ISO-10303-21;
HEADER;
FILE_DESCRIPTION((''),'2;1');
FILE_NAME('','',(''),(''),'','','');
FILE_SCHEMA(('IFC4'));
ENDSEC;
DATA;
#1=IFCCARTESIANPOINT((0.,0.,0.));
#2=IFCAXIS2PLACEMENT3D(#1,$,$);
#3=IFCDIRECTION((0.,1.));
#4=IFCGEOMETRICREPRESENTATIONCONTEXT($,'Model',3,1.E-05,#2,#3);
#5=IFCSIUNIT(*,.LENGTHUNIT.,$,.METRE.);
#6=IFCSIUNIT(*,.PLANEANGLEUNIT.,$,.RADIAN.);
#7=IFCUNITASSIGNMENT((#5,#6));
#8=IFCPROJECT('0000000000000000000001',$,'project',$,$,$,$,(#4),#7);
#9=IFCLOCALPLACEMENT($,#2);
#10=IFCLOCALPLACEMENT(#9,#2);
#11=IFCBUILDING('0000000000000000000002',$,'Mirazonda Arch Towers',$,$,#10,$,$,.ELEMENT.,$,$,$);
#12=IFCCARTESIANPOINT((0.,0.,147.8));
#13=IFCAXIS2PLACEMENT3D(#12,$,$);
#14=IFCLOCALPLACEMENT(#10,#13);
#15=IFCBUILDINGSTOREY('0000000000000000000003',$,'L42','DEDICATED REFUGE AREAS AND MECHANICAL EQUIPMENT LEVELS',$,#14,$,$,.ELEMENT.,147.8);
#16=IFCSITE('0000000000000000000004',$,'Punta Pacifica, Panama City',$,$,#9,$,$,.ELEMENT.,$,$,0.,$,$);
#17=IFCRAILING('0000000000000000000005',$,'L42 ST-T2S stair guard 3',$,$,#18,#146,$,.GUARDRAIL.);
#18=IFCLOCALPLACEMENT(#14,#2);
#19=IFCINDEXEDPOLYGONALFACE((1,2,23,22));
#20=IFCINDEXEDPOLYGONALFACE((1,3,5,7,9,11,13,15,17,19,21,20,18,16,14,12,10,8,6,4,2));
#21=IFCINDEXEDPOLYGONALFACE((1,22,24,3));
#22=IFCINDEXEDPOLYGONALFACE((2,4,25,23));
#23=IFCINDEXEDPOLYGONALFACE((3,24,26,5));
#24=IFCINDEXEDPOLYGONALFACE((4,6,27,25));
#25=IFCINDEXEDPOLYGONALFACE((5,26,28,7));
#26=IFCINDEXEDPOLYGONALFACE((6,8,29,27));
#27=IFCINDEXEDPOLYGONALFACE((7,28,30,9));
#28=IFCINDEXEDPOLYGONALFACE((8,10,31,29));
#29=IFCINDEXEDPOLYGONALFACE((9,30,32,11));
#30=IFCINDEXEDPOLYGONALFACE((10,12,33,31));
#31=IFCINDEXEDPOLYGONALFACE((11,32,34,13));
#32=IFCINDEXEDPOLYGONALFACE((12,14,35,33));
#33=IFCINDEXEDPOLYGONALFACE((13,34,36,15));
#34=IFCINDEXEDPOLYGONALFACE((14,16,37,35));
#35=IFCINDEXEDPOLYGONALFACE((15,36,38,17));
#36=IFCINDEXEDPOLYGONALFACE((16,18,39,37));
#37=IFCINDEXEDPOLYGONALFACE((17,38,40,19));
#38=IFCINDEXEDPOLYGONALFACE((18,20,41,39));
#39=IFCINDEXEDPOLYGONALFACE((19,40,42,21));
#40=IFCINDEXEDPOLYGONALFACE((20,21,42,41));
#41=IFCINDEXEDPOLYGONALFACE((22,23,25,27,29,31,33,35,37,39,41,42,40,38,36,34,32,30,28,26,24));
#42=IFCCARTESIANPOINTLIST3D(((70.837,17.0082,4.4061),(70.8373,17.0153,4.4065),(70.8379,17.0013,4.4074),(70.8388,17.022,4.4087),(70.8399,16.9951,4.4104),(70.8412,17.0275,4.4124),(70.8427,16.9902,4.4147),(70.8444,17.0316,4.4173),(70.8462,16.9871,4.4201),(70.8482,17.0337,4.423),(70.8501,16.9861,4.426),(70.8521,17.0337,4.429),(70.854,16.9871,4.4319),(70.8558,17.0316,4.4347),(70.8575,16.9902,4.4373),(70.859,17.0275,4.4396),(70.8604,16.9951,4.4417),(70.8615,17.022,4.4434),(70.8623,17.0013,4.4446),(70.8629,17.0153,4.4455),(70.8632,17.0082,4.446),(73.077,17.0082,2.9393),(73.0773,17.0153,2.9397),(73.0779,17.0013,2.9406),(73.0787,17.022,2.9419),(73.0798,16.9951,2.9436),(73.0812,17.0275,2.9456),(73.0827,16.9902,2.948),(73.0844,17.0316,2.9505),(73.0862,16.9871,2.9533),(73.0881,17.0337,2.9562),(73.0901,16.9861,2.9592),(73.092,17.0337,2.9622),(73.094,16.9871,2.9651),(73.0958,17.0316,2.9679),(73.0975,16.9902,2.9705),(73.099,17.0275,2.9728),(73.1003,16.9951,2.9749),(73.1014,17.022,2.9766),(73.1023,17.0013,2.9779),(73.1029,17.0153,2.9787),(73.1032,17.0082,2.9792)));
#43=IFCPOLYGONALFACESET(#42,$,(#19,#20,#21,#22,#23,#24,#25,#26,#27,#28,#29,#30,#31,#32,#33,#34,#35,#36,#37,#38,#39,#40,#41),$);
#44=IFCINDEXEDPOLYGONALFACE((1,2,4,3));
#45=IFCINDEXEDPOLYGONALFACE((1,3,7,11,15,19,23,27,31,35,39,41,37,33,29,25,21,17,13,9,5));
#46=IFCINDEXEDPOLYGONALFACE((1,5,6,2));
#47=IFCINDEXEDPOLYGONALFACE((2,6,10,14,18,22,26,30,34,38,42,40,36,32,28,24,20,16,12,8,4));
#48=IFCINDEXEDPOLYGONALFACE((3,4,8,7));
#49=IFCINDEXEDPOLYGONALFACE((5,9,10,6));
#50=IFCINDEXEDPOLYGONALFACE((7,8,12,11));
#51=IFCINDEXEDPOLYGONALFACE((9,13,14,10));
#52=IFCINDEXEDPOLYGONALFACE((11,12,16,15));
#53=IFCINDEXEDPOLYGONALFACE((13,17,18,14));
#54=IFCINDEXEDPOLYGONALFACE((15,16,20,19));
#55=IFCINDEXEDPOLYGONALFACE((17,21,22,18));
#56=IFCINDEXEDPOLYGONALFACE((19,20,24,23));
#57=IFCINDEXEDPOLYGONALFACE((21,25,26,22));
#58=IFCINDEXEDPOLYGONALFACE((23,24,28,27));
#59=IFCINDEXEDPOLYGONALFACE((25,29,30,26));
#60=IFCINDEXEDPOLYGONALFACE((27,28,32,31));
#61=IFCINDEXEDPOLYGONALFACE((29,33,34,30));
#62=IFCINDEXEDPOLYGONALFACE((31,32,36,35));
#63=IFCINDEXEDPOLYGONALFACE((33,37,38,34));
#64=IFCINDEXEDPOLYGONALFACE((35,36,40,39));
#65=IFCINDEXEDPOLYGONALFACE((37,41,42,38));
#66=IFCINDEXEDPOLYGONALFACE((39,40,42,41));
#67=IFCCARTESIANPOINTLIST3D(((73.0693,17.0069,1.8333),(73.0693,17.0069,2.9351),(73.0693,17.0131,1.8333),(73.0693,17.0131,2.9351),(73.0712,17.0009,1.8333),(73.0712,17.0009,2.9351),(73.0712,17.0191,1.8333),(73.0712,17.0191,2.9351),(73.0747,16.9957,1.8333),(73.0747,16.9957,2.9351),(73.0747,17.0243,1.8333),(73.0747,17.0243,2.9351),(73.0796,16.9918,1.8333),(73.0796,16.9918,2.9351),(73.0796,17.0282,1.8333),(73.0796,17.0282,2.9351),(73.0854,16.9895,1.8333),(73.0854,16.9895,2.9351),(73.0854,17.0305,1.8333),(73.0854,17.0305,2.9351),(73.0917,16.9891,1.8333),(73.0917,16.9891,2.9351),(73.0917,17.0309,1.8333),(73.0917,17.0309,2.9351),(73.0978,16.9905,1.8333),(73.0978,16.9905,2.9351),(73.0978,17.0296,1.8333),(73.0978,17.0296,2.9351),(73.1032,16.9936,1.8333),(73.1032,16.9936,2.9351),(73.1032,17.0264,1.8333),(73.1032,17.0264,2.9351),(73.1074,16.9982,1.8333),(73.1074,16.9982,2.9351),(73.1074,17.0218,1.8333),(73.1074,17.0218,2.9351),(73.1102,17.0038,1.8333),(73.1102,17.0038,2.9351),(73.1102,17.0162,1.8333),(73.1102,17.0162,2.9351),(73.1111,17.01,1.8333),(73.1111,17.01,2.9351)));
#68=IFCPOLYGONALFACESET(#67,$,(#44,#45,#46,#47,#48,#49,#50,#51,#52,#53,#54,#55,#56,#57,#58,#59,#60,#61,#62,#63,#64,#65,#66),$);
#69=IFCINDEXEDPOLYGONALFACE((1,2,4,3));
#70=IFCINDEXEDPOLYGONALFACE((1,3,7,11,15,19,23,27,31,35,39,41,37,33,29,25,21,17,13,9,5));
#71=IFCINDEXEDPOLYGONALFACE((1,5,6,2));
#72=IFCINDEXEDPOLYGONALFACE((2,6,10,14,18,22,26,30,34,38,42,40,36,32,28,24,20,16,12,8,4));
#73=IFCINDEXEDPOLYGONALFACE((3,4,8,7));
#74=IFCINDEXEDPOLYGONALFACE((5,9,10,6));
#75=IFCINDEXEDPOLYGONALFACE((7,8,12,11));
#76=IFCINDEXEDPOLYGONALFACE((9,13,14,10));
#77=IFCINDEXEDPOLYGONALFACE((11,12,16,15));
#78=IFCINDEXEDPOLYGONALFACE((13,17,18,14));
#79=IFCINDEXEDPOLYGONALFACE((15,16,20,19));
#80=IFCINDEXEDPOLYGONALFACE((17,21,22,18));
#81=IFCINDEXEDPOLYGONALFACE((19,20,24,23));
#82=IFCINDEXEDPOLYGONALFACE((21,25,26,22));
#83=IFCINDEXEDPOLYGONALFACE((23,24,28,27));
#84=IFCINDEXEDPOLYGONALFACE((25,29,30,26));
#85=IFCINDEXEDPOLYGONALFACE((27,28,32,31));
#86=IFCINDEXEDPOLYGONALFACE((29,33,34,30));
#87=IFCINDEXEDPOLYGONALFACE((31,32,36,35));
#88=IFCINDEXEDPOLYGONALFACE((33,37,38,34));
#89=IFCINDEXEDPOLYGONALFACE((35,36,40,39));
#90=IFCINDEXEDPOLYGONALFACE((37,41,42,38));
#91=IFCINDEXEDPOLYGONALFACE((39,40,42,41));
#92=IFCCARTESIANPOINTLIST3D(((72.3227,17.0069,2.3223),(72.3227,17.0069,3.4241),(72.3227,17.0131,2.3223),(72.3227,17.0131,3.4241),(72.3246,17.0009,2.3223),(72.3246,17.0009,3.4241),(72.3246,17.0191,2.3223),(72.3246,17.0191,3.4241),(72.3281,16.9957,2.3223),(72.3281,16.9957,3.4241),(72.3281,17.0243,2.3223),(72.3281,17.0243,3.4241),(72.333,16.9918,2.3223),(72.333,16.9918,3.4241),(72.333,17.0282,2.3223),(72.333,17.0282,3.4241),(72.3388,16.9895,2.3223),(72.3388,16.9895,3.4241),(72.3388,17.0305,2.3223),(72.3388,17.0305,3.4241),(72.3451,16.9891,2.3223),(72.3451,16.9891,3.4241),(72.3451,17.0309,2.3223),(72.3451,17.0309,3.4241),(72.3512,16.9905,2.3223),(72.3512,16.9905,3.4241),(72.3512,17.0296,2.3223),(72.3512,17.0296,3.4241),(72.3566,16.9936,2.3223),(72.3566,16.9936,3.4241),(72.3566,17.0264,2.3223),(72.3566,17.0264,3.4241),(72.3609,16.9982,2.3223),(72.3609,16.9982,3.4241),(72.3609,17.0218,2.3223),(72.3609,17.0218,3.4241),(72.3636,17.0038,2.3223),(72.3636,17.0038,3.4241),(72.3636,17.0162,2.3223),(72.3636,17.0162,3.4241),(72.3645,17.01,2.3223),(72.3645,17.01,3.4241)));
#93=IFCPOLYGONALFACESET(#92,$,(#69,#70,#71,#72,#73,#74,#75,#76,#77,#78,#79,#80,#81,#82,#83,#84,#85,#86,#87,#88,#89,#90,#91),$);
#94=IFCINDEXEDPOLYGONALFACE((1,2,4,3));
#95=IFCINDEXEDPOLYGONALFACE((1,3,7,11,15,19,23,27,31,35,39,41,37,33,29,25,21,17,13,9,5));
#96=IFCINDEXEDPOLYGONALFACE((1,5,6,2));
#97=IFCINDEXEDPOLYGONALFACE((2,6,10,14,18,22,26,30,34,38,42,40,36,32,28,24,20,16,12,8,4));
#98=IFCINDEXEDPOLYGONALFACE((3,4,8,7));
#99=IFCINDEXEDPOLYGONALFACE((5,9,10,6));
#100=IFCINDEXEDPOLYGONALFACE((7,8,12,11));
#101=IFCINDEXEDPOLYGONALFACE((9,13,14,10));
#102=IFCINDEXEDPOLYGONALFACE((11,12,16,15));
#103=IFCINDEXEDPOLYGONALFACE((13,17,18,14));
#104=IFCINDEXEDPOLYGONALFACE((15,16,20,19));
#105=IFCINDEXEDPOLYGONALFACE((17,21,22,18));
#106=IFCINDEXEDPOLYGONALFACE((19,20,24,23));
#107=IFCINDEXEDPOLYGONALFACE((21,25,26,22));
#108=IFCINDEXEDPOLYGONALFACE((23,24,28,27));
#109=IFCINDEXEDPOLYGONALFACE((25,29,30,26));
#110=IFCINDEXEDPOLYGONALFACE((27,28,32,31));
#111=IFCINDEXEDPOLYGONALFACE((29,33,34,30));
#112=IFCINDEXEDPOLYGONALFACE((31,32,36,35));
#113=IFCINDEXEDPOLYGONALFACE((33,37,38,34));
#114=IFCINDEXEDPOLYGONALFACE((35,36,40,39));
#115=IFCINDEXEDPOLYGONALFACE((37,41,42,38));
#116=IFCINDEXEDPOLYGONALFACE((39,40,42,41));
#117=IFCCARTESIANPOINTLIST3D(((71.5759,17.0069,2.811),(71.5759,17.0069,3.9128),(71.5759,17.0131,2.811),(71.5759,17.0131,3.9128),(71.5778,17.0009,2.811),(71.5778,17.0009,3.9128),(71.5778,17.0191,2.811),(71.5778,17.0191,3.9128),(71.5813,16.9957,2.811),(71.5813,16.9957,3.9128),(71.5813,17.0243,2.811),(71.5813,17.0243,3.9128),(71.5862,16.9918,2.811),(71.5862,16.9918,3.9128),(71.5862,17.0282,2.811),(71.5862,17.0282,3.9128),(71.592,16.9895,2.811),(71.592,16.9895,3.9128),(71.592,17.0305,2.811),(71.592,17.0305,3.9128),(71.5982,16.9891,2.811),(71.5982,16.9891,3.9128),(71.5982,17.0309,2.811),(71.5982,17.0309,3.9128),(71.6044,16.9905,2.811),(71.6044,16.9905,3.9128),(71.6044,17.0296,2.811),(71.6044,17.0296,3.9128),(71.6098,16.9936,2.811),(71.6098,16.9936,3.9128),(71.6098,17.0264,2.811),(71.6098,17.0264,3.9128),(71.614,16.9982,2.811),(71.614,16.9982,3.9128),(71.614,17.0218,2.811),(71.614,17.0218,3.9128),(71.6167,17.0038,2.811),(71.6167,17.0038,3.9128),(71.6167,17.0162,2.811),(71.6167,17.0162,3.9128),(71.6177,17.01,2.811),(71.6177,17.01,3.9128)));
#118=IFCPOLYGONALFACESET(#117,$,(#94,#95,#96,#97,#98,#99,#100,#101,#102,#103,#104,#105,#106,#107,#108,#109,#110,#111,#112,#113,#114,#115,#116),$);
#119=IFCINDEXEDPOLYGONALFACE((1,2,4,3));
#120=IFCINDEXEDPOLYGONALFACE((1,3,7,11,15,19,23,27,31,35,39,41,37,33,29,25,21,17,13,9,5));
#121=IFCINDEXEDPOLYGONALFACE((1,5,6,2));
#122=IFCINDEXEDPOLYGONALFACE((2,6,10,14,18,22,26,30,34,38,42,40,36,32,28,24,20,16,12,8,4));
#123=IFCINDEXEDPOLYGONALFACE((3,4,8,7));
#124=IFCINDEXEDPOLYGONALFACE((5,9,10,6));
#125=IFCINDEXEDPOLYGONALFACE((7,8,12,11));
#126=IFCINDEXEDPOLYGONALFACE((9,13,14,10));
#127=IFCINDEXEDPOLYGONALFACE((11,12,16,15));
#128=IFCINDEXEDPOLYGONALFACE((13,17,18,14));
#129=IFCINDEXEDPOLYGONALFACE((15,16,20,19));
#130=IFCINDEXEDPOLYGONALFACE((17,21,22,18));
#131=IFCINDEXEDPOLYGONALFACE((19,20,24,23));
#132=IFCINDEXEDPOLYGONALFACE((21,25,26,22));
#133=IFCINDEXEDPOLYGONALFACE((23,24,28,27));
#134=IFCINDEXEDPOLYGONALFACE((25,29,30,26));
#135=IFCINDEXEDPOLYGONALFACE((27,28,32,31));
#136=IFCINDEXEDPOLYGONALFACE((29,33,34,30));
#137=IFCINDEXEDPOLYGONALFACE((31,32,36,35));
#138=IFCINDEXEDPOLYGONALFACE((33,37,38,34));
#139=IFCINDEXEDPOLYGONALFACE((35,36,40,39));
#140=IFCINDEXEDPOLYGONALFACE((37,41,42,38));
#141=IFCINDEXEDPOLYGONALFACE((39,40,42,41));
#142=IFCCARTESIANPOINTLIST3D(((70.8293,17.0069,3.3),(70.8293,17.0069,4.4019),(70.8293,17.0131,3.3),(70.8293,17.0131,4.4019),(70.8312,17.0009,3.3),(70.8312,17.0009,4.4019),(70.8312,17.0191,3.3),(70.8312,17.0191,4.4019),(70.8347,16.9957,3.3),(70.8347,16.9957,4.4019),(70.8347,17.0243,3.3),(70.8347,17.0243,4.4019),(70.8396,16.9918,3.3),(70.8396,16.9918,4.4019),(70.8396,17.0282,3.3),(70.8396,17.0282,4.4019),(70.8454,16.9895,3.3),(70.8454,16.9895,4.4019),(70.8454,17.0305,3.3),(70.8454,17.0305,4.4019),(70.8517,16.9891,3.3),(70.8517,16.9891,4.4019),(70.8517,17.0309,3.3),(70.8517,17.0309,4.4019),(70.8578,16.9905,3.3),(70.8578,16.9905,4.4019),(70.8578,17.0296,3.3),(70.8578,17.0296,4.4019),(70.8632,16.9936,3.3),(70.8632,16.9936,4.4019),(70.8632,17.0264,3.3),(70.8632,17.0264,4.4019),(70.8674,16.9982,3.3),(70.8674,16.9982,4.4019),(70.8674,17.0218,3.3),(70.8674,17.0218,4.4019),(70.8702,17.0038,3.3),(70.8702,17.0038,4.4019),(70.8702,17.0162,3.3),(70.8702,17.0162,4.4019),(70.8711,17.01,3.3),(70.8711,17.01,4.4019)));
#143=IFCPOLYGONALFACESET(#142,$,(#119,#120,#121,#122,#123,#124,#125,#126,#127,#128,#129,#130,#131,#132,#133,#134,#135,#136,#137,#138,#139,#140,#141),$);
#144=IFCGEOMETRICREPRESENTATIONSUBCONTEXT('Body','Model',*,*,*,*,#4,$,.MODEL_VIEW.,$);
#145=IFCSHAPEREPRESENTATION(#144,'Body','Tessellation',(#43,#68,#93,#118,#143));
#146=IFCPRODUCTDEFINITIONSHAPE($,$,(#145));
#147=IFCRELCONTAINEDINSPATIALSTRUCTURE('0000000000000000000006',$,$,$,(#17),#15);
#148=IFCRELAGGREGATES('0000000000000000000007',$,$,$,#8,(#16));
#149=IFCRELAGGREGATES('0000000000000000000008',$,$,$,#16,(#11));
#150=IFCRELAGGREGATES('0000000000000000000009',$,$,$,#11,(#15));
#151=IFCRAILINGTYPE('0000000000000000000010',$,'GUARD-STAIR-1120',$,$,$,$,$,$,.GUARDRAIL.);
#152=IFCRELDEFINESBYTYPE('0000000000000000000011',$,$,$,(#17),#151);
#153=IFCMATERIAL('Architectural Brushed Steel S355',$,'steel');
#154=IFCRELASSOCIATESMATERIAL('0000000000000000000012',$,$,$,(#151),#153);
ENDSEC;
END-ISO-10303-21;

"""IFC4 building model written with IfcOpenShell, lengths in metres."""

from ifc_helpers import new_model, si_unit, direction, frame, origin, origin_2d, place, context, subcontext, project, spatial, circle, extrude, material, type_object, element, save


model = new_model("IFC4")

# Units and contexts
model_context = context("Model", 3, precision=1e-05, world=origin(), true_north=direction((0.0, 1.0)))
body_context = subcontext(model_context, "Body", "Model", "MODEL_VIEW")
ifc_project = project(units=[si_unit("LENGTHUNIT", "METRE"), si_unit("PLANEANGLEUNIT", "RADIAN")], contexts=[model_context])

# Site, building, storey
site_placement = place(None, origin())
site = spatial("IfcSite", under=ifc_project, at=site_placement, Name="Punta Pacifica, Panama City", CompositionType="ELEMENT", RefElevation=0.0)
building_placement = place(site_placement, origin())
building = spatial("IfcBuilding", under=site, at=building_placement, Name="Mirazonda Arch Towers", CompositionType="ELEMENT")
storey_placement = place(building_placement, frame((0.0, 0.0, 147.8)))
storey = spatial("IfcBuildingStorey", under=building, at=storey_placement, Name="L42", Description="DEDICATED REFUGE AREAS AND MECHANICAL EQUIPMENT LEVELS", CompositionType="ELEMENT", Elevation=147.8)

# Shared definitions
ifc_material_1 = material(Name="Architectural Brushed Steel S355", Category="steel")

# Railing
railing_type_1 = type_object("IfcRailingType", Name="GUARD-STAIR-1120", PredefinedType="GUARDRAIL", material=ifc_material_1)
railing_1_placement = place(storey_placement, frame((73.0901, 17.01, 1.8333)))
element("IfcRailing", 1, at=railing_1_placement, inside=storey, type_object=railing_type_1, Name="L42 ST-T2S stair guard 3", PredefinedType="GUARDRAIL", context=body_context, shape_type="SweptSolid", body=[
    extrude(circle(Radius=0.0239, at=origin_2d()), frame((0.0, 0.0, 1.126), z_axis=(-0.836595, 0.0, 0.547822), x_axis=(0.0, -1.0, 0.0)), (0.0, 0.0, 1.0), 2.6775),
    extrude(circle(Radius=0.021, at=origin_2d()), origin(), (0.0, 0.0, 1.0), 1.1018),
    extrude(circle(Radius=0.021, at=origin_2d()), frame((-0.7466, 0.0, 0.489)), (0.0, 0.0, 1.0), 1.1018),
    extrude(circle(Radius=0.021, at=origin_2d()), frame((-1.4934, 0.0, 0.9778)), (0.0, 0.0, 1.0), 1.1018),
    extrude(circle(Radius=0.021, at=origin_2d()), frame((-2.24, 0.0, 1.4668)), (0.0, 0.0, 1.0), 1.1018),
])

save(model, "model.ifc")
